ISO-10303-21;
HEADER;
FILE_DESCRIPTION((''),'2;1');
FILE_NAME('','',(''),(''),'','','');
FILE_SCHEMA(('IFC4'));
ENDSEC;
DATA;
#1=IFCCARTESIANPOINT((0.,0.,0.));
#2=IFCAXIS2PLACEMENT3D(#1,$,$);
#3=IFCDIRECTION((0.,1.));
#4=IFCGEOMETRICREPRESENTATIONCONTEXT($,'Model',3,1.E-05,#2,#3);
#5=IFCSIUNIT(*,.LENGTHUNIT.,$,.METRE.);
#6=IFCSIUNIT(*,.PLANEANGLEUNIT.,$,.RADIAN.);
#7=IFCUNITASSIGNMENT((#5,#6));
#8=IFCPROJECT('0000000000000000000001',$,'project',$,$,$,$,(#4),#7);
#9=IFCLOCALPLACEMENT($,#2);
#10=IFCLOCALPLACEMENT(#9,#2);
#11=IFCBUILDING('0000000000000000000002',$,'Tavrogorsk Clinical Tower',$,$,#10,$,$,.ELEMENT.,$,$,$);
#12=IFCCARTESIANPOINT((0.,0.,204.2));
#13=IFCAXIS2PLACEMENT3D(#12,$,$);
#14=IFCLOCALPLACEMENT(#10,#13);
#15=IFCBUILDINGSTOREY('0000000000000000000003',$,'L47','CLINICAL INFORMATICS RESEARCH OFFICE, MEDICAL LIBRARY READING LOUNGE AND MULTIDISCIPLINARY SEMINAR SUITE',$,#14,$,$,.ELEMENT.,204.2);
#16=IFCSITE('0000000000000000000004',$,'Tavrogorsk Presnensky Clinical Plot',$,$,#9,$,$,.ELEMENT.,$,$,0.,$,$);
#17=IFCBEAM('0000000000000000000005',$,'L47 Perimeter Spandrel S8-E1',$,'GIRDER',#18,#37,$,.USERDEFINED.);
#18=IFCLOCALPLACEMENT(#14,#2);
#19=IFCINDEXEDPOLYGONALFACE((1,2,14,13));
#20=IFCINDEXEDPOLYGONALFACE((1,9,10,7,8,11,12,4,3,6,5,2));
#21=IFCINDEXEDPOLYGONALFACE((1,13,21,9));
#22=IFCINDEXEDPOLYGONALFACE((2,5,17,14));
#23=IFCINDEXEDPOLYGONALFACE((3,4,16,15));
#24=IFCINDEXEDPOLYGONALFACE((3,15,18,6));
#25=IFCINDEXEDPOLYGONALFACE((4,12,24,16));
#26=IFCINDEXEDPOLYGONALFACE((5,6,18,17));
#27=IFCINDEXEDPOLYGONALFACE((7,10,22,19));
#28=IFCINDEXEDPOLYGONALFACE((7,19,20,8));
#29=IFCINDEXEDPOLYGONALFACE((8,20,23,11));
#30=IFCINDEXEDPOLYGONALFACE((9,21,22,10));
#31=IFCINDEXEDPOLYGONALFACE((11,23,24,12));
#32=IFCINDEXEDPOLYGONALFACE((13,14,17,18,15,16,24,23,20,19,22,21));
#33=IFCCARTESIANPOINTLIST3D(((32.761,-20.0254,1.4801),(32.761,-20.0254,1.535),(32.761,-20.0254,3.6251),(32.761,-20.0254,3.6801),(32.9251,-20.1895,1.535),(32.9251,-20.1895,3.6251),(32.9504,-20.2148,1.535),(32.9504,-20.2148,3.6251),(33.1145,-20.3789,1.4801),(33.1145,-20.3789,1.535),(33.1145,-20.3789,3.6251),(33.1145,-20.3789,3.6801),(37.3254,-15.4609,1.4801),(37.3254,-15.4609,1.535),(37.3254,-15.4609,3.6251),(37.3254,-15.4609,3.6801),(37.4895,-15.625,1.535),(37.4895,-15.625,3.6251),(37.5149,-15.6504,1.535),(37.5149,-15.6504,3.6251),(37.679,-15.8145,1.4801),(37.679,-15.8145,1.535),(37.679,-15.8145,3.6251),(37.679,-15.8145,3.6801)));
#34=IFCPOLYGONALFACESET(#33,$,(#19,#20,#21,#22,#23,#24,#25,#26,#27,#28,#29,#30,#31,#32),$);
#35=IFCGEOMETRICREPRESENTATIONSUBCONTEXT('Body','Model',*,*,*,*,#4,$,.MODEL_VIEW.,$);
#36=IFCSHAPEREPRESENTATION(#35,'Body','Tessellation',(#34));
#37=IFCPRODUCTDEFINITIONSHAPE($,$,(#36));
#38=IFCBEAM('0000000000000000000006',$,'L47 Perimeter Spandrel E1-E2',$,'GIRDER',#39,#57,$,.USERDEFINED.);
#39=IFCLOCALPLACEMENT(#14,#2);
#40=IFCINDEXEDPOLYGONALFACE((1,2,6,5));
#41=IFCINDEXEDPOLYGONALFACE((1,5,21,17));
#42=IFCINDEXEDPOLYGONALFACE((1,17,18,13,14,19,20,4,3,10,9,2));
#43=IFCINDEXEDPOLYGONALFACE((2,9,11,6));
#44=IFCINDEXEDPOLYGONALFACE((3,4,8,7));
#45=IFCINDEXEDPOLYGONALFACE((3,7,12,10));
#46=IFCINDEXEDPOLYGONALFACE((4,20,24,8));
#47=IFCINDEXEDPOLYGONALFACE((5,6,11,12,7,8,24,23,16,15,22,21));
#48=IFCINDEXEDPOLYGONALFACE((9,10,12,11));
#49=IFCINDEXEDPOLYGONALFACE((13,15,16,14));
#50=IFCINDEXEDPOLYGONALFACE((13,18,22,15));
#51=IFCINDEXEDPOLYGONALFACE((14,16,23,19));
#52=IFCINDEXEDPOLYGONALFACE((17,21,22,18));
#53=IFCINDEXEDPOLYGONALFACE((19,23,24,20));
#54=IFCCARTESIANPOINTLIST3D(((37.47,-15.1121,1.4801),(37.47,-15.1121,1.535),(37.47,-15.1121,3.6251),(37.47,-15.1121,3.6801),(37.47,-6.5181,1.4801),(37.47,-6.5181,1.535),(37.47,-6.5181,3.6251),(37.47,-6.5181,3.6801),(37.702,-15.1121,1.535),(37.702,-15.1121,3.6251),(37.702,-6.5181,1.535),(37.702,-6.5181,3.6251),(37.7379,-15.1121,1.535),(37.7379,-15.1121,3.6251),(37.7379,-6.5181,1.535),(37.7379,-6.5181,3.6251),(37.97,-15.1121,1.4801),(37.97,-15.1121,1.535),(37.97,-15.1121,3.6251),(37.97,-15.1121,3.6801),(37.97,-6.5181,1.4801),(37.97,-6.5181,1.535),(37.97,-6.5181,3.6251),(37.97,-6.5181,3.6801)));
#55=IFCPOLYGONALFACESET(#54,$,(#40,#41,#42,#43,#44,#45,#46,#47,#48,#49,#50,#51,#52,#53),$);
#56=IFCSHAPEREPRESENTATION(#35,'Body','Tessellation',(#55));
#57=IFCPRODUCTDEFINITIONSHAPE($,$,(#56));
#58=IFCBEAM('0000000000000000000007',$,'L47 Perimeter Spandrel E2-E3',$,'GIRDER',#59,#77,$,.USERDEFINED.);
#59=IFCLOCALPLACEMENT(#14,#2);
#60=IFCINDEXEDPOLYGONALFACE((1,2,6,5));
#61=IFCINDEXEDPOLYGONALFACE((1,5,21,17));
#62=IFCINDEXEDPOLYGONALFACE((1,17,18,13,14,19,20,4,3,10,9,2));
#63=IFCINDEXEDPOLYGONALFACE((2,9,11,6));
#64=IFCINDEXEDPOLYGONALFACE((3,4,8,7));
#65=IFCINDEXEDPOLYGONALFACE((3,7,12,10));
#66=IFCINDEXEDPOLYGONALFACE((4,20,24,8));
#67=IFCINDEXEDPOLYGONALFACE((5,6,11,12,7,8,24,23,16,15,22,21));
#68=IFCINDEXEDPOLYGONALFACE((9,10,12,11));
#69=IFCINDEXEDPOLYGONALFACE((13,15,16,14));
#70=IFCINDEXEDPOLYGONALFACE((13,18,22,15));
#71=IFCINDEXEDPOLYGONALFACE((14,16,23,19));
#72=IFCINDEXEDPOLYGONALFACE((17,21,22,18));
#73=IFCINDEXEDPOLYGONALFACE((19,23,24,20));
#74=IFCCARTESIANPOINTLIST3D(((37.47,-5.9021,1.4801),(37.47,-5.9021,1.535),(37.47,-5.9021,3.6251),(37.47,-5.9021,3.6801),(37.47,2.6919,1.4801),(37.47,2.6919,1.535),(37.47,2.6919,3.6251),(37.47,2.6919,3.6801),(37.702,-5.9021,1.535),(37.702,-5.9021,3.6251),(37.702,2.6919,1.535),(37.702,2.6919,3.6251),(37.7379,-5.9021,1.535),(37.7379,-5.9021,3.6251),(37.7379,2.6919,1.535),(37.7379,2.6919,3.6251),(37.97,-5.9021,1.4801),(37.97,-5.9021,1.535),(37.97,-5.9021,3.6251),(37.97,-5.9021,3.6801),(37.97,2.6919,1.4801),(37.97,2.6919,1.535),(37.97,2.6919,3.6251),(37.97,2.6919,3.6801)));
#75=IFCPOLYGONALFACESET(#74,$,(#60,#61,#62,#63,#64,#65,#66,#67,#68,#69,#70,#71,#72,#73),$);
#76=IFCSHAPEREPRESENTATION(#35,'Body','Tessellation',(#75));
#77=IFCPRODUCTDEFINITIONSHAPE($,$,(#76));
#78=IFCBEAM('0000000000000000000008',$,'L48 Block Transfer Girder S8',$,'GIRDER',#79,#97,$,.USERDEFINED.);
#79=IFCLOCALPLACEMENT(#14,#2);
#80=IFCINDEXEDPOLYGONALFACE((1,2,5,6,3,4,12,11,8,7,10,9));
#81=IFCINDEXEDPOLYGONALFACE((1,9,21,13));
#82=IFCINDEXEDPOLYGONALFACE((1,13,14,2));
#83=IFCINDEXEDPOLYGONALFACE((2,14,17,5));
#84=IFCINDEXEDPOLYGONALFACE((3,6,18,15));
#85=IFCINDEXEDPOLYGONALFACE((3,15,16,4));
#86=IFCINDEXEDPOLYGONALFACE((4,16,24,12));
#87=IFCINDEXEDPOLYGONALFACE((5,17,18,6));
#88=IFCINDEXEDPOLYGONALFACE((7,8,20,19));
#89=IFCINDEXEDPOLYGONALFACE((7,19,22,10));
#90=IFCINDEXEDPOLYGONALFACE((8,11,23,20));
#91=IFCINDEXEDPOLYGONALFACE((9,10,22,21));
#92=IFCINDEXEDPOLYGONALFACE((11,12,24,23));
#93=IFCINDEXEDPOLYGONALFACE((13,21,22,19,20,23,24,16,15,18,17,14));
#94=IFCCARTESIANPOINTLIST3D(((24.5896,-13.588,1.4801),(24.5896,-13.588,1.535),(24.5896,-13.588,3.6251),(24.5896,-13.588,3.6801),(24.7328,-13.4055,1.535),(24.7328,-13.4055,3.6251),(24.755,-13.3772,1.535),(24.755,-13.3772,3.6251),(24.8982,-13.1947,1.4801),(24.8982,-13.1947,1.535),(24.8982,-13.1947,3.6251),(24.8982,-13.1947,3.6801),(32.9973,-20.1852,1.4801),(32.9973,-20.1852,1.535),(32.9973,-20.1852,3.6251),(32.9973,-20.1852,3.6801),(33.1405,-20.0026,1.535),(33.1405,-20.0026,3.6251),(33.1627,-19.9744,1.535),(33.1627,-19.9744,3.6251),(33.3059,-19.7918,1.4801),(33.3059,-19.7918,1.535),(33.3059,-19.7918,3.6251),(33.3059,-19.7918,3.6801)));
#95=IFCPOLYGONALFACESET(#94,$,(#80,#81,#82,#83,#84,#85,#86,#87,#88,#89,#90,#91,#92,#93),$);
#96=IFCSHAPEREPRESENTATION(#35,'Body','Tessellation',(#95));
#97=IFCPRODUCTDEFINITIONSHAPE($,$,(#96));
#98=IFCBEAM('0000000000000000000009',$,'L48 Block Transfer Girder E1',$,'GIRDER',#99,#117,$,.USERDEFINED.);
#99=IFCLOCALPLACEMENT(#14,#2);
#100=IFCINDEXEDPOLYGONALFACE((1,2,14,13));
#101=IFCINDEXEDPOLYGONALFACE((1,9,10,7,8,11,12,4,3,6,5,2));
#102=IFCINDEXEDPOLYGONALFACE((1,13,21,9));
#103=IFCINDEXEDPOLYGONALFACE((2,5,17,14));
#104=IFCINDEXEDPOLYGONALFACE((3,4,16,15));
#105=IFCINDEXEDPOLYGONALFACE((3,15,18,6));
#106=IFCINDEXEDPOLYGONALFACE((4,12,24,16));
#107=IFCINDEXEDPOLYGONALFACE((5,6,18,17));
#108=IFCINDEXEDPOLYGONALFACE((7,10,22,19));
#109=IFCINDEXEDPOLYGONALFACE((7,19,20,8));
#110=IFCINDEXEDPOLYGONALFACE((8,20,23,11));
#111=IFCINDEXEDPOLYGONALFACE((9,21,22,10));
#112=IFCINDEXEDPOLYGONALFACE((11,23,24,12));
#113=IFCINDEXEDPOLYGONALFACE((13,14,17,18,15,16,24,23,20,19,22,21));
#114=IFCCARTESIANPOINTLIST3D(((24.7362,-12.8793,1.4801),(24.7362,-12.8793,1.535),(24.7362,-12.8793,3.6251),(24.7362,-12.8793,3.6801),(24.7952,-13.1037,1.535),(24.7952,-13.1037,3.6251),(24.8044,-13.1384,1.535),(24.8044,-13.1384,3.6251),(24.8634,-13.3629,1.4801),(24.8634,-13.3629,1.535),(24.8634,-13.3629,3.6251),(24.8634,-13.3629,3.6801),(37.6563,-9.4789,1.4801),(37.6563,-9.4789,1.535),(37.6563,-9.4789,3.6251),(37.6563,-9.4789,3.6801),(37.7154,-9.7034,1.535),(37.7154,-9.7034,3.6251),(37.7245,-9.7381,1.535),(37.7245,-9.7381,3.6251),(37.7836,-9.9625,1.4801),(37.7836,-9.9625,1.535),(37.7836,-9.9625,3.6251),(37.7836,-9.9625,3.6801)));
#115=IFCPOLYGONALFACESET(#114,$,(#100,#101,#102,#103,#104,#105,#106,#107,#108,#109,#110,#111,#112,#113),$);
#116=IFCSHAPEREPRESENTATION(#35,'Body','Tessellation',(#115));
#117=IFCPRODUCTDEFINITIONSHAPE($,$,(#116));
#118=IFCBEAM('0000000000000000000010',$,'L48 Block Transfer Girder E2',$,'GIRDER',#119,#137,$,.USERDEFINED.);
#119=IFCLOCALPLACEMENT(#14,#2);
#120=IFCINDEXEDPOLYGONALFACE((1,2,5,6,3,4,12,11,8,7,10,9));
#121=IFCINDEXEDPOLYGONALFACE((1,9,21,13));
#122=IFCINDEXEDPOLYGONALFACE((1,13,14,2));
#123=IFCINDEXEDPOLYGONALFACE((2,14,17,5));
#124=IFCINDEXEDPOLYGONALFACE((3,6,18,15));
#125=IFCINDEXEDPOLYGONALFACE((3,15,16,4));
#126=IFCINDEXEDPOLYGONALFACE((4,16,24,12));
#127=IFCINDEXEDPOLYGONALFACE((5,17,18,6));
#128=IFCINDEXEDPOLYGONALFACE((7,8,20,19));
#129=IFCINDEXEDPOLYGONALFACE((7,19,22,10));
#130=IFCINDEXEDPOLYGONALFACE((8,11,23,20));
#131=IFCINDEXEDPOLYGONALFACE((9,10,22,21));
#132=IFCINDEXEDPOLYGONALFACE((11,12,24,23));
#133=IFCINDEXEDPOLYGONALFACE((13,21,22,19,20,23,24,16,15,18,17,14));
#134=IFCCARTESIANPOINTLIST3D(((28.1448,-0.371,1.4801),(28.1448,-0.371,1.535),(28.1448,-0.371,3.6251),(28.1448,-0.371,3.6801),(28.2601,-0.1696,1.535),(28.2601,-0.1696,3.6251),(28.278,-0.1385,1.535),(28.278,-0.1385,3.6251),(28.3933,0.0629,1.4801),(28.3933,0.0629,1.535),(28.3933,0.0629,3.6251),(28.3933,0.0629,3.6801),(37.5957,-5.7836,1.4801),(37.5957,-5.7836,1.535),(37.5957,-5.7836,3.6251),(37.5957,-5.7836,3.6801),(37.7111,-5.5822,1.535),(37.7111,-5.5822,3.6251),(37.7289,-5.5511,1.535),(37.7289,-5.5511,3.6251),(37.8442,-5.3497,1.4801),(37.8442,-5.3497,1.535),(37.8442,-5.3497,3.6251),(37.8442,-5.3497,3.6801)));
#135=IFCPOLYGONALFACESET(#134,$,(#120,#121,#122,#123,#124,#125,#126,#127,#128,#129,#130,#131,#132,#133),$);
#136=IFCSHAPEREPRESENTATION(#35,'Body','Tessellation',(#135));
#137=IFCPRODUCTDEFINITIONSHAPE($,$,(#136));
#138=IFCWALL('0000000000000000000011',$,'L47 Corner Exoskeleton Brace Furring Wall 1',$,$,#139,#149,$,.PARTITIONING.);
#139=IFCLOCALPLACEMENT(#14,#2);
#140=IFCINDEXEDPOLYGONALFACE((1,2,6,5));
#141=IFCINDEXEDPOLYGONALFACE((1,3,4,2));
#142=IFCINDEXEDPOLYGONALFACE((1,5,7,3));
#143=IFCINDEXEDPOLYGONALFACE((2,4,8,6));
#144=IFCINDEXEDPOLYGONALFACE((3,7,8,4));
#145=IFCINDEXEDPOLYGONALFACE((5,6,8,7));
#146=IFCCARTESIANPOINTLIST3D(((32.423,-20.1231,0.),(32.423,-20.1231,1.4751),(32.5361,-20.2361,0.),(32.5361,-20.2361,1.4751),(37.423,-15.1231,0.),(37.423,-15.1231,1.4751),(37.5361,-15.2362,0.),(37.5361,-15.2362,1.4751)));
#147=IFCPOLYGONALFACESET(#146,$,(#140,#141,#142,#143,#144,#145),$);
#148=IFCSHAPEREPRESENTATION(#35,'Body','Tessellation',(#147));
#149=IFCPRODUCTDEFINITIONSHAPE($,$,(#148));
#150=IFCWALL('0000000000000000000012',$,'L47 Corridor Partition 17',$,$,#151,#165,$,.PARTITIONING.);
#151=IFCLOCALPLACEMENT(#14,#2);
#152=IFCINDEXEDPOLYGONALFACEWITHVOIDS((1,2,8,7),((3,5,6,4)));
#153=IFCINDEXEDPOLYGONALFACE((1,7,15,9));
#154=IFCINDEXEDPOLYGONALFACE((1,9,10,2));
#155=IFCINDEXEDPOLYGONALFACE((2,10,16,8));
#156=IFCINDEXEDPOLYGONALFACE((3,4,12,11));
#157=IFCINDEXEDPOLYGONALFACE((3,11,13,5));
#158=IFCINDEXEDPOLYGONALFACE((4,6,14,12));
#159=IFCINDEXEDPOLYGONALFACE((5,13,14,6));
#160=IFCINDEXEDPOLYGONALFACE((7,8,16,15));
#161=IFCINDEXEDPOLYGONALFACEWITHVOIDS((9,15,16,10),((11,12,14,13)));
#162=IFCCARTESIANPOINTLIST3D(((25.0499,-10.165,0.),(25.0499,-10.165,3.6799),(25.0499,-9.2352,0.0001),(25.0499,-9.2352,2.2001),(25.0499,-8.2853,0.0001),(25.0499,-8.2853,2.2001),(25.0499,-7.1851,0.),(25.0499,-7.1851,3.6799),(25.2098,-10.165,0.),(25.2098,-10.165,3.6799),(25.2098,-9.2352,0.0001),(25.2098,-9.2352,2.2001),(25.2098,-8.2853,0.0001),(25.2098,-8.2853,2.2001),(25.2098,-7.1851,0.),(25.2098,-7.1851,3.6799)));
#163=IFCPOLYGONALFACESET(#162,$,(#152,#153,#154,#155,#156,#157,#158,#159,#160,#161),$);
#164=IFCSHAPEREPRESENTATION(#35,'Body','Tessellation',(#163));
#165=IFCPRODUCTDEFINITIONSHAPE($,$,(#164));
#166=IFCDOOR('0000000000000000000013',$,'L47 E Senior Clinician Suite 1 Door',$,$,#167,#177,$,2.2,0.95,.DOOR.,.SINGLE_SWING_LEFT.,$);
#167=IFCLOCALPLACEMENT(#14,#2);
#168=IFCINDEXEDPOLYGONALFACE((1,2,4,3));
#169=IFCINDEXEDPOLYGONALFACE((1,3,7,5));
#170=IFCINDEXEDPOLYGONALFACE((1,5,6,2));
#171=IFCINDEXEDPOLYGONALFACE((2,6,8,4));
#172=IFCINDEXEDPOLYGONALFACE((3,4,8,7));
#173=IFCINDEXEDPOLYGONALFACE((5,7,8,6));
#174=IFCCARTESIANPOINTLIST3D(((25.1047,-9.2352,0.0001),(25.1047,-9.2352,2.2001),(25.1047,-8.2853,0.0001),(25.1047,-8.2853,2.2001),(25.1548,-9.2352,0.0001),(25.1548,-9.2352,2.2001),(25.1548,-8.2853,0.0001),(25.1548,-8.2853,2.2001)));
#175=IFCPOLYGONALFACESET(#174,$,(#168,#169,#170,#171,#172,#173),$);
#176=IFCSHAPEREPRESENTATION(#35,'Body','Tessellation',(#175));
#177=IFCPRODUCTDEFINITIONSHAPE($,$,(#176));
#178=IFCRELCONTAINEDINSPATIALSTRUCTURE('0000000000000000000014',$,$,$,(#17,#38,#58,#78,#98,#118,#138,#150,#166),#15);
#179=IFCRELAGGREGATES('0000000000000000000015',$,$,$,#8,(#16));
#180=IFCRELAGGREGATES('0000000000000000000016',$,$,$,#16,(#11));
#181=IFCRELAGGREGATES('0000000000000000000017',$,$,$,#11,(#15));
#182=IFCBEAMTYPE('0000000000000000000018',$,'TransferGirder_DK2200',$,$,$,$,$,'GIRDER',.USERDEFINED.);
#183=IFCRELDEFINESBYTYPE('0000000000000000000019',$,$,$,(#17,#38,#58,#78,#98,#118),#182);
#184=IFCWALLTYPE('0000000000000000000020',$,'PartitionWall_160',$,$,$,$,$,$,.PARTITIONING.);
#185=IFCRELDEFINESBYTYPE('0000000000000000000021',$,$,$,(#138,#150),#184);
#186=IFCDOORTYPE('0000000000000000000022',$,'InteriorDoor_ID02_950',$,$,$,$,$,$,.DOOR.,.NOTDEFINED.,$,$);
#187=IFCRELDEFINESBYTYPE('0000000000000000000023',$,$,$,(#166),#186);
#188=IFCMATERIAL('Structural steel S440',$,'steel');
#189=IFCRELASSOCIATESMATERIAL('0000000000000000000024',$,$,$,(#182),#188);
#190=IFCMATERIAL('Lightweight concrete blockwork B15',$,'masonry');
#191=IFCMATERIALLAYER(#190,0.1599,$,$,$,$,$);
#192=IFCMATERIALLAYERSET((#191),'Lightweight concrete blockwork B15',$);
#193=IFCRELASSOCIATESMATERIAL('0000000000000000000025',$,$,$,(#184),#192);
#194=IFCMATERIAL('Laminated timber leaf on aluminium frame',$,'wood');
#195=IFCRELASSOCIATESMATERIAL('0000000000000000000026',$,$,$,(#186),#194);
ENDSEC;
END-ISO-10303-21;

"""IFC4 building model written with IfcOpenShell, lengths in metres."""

from ifc_helpers import new_model, si_unit, direction, frame, frame_2d, origin, origin_2d, place, context, subcontext, project, spatial, rectangle, i_section, extrude, material, layer, layer_set, material_profile, profile_set, type_object, element, fill, save


model = new_model("IFC4")

# Units and contexts
model_context = context("Model", 3, precision=1e-05, world=origin(), true_north=direction((0.0, 1.0)))
body_context = subcontext(model_context, "Body", "Model", "MODEL_VIEW")
ifc_project = project(units=[si_unit("LENGTHUNIT", "METRE"), si_unit("PLANEANGLEUNIT", "RADIAN")], contexts=[model_context])

# Site, building, storey
site_placement = place(None, origin())
site = spatial("IfcSite", under=ifc_project, at=site_placement, Name="Tavrogorsk Presnensky Clinical Plot", CompositionType="ELEMENT", RefElevation=0.0)
building_placement = place(site_placement, origin())
building = spatial("IfcBuilding", under=site, at=building_placement, Name="Tavrogorsk Clinical Tower", CompositionType="ELEMENT")
storey_placement = place(building_placement, frame((0.0, 0.0, 204.2)))
storey = spatial("IfcBuildingStorey", under=building, at=storey_placement, Name="L47", Description="CLINICAL INFORMATICS RESEARCH OFFICE, MEDICAL LIBRARY READING LOUNGE AND MULTIDISCIPLINARY SEMINAR SUITE", CompositionType="ELEMENT", Elevation=204.2)

# Beams
ifc_material_1 = material(Name="Structural steel S440", Category="steel")
ifc_material_profile_1 = material_profile(ifc_material_1, i_section(OverallWidth=0.5, OverallDepth=2.2, WebThickness=0.0359, FlangeThickness=0.0549, at=origin_2d()), Name="DK-2200x500x36x55")
ifc_profile_set_1 = profile_set([ifc_material_profile_1], Name="Structural steel S440")
beam_type_1 = type_object("IfcBeamType", Name="TransferGirder_DK2200", ElementType="GIRDER", PredefinedType="USERDEFINED", material=ifc_profile_set_1)
beam_1_placement = place(storey_placement, frame((32.9377, -20.2021, 2.5801), z_axis=(0.707107, 0.707107, 0.0), x_axis=(-0.707107, 0.707107, 0.0)))
element("IfcBeam", 1, at=beam_1_placement, inside=storey, type_object=beam_type_1, Name="L47 Perimeter Spandrel S8-E1", ObjectType="GIRDER", PredefinedType="USERDEFINED", context=body_context, shape_type="SweptSolid", body=[
    extrude(i_section(OverallWidth=0.5, OverallDepth=2.2, WebThickness=0.0359, FlangeThickness=0.0549, at=origin_2d()), origin(), (0.0, 0.0, 1.0), 6.4551),
])
for number, where, z_axis, x_axis, name in (
    (2, (37.72, -15.1121, 2.5801), (0.0, 1.0, 0.0), (-1.0, 0.0, 0.0), "L47 Perimeter Spandrel E1-E2"),
    (3, (37.72, -5.9021, 2.5801), (0.0, 1.0, 0.0), (-1.0, 0.0, 0.0), "L47 Perimeter Spandrel E2-E3"),
):
    element("IfcBeam", number, at=place(storey_placement, frame(where, z_axis=z_axis, x_axis=x_axis)), inside=storey, type_object=beam_type_1, Name=name, ObjectType="GIRDER", PredefinedType="USERDEFINED", context=body_context, shape_type="SweptSolid", body=[
        extrude(i_section(OverallWidth=0.5, OverallDepth=2.2, WebThickness=0.0359, FlangeThickness=0.0549, at=origin_2d()), origin(), (0.0, 0.0, 1.0), 8.594),
    ])
beam_2_placement = place(storey_placement, frame((24.7439, -13.3914, 2.5801), z_axis=(0.786722, -0.617307, 0.0), x_axis=(0.617307, 0.786722, 0.0)))
element("IfcBeam", 4, at=beam_2_placement, inside=storey, type_object=beam_type_1, Name="L48 Block Transfer Girder S8", ObjectType="GIRDER", PredefinedType="USERDEFINED", context=body_context, shape_type="SweptSolid", body=[
    extrude(i_section(OverallWidth=0.5, OverallDepth=2.2, WebThickness=0.0359, FlangeThickness=0.0549, at=origin_2d()), origin(), (0.0, 0.0, 1.0), 10.687),
])
beam_3_placement = place(storey_placement, frame((24.7998, -13.1211, 2.5801), z_axis=(0.967068, 0.254518, 0.0), x_axis=(-0.254518, 0.967068, 0.0)))
element("IfcBeam", 5, at=beam_3_placement, inside=storey, type_object=beam_type_1, Name="L48 Block Transfer Girder E1", ObjectType="GIRDER", PredefinedType="USERDEFINED", context=body_context, shape_type="SweptSolid", body=[
    extrude(i_section(OverallWidth=0.5, OverallDepth=2.2, WebThickness=0.0359, FlangeThickness=0.0549, at=origin_2d()), origin(), (0.0, 0.0, 1.0), 13.3601),
])
beam_4_placement = place(storey_placement, frame((28.269, -0.1541, 2.5801), z_axis=(0.867765, -0.496974, 0.0), x_axis=(0.496974, 0.867765, 0.0)))
element("IfcBeam", 6, at=beam_4_placement, inside=storey, type_object=beam_type_1, Name="L48 Block Transfer Girder E2", ObjectType="GIRDER", PredefinedType="USERDEFINED", context=body_context, shape_type="SweptSolid", body=[
    extrude(i_section(OverallWidth=0.5, OverallDepth=2.2, WebThickness=0.0359, FlangeThickness=0.0549, at=origin_2d()), origin(), (0.0, 0.0, 1.0), 10.8911),
])

# Wall
ifc_material_2 = material(Name="Lightweight concrete blockwork B15", Category="masonry")
ifc_layer_1 = layer(ifc_material_2, 0.1599)
ifc_layer_set_1 = layer_set([ifc_layer_1], Name="Lightweight concrete blockwork B15")
wall_type_1 = type_object("IfcWallType", Name="PartitionWall_160", PredefinedType="PARTITIONING", material=ifc_layer_set_1)
wall_1_placement = place(storey_placement, frame((32.4795, -20.1797, 0.0), z_axis=(0.0, 0.0, 1.0), x_axis=(0.707107, 0.707107, 0.0)))
element("IfcWall", 7, at=wall_1_placement, inside=storey, type_object=wall_type_1, Name="L47 Corner Exoskeleton Brace Furring Wall 1", PredefinedType="PARTITIONING", context=body_context, shape_type="SweptSolid", body=[
    extrude(rectangle(XDim=7.071, YDim=0.1599, at=frame_2d((3.5356, 0.0))), origin(), (0.0, 0.0, 1.0), 1.4751),
])

# Wall, opening, door
wall_2_placement = place(storey_placement, frame((25.1299, -7.1851, 0.0), z_axis=(0.0, 0.0, 1.0), x_axis=(0.0, -1.0, 0.0)))
wall_2 = element("IfcWall", 8, at=wall_2_placement, inside=storey, type_object=wall_type_1, Name="L47 Corridor Partition 17", PredefinedType="PARTITIONING", context=body_context, shape_type="SweptSolid", body=[
    extrude(rectangle(XDim=2.98, YDim=0.1599, at=frame_2d((1.49, 0.0))), origin(), (0.0, 0.0, 1.0), 3.6799),
])
opening_1_placement = place(wall_2_placement, frame((1.1001, 0.0, 0.0)))
opening_1 = element("IfcOpeningElement", 9, at=opening_1_placement, cuts=wall_2, PredefinedType="OPENING", context=body_context, shape_type="SweptSolid", body=[
    extrude(rectangle(XDim=0.95, YDim=2.2, at=frame_2d((0.4751, 1.1001))), frame((0.0, 0.0898, 0.0), z_axis=(0.0, -1.0, 0.0), x_axis=(1.0, 0.0, 0.0)), (0.0, 0.0, 1.0), 0.1799),
])
ifc_material_3 = material(Name="Laminated timber leaf on aluminium frame", Category="wood")
door_type_1 = type_object("IfcDoorType", Name="InteriorDoor_ID02_950", OperationType="NOTDEFINED", PredefinedType="DOOR", material=ifc_material_3)
door_1_placement = place(opening_1_placement, origin())
door_1 = element("IfcDoor", 10, at=door_1_placement, inside=storey, type_object=door_type_1, Name="L47 E Senior Clinician Suite 1 Door", OperationType="SINGLE_SWING_LEFT", OverallHeight=2.2, OverallWidth=0.95, PredefinedType="DOOR", context=body_context, shape_type="SweptSolid", body=[
    extrude(rectangle(XDim=0.95, YDim=2.2, at=frame_2d((0.4751, 1.1001))), frame((0.0, 0.0249, 0.0), z_axis=(0.0, -1.0, 0.0), x_axis=(1.0, 0.0, 0.0)), (0.0, 0.0, 1.0), 0.05),
])
fill(opening_1, door_1)

save(model, "model.ifc")
